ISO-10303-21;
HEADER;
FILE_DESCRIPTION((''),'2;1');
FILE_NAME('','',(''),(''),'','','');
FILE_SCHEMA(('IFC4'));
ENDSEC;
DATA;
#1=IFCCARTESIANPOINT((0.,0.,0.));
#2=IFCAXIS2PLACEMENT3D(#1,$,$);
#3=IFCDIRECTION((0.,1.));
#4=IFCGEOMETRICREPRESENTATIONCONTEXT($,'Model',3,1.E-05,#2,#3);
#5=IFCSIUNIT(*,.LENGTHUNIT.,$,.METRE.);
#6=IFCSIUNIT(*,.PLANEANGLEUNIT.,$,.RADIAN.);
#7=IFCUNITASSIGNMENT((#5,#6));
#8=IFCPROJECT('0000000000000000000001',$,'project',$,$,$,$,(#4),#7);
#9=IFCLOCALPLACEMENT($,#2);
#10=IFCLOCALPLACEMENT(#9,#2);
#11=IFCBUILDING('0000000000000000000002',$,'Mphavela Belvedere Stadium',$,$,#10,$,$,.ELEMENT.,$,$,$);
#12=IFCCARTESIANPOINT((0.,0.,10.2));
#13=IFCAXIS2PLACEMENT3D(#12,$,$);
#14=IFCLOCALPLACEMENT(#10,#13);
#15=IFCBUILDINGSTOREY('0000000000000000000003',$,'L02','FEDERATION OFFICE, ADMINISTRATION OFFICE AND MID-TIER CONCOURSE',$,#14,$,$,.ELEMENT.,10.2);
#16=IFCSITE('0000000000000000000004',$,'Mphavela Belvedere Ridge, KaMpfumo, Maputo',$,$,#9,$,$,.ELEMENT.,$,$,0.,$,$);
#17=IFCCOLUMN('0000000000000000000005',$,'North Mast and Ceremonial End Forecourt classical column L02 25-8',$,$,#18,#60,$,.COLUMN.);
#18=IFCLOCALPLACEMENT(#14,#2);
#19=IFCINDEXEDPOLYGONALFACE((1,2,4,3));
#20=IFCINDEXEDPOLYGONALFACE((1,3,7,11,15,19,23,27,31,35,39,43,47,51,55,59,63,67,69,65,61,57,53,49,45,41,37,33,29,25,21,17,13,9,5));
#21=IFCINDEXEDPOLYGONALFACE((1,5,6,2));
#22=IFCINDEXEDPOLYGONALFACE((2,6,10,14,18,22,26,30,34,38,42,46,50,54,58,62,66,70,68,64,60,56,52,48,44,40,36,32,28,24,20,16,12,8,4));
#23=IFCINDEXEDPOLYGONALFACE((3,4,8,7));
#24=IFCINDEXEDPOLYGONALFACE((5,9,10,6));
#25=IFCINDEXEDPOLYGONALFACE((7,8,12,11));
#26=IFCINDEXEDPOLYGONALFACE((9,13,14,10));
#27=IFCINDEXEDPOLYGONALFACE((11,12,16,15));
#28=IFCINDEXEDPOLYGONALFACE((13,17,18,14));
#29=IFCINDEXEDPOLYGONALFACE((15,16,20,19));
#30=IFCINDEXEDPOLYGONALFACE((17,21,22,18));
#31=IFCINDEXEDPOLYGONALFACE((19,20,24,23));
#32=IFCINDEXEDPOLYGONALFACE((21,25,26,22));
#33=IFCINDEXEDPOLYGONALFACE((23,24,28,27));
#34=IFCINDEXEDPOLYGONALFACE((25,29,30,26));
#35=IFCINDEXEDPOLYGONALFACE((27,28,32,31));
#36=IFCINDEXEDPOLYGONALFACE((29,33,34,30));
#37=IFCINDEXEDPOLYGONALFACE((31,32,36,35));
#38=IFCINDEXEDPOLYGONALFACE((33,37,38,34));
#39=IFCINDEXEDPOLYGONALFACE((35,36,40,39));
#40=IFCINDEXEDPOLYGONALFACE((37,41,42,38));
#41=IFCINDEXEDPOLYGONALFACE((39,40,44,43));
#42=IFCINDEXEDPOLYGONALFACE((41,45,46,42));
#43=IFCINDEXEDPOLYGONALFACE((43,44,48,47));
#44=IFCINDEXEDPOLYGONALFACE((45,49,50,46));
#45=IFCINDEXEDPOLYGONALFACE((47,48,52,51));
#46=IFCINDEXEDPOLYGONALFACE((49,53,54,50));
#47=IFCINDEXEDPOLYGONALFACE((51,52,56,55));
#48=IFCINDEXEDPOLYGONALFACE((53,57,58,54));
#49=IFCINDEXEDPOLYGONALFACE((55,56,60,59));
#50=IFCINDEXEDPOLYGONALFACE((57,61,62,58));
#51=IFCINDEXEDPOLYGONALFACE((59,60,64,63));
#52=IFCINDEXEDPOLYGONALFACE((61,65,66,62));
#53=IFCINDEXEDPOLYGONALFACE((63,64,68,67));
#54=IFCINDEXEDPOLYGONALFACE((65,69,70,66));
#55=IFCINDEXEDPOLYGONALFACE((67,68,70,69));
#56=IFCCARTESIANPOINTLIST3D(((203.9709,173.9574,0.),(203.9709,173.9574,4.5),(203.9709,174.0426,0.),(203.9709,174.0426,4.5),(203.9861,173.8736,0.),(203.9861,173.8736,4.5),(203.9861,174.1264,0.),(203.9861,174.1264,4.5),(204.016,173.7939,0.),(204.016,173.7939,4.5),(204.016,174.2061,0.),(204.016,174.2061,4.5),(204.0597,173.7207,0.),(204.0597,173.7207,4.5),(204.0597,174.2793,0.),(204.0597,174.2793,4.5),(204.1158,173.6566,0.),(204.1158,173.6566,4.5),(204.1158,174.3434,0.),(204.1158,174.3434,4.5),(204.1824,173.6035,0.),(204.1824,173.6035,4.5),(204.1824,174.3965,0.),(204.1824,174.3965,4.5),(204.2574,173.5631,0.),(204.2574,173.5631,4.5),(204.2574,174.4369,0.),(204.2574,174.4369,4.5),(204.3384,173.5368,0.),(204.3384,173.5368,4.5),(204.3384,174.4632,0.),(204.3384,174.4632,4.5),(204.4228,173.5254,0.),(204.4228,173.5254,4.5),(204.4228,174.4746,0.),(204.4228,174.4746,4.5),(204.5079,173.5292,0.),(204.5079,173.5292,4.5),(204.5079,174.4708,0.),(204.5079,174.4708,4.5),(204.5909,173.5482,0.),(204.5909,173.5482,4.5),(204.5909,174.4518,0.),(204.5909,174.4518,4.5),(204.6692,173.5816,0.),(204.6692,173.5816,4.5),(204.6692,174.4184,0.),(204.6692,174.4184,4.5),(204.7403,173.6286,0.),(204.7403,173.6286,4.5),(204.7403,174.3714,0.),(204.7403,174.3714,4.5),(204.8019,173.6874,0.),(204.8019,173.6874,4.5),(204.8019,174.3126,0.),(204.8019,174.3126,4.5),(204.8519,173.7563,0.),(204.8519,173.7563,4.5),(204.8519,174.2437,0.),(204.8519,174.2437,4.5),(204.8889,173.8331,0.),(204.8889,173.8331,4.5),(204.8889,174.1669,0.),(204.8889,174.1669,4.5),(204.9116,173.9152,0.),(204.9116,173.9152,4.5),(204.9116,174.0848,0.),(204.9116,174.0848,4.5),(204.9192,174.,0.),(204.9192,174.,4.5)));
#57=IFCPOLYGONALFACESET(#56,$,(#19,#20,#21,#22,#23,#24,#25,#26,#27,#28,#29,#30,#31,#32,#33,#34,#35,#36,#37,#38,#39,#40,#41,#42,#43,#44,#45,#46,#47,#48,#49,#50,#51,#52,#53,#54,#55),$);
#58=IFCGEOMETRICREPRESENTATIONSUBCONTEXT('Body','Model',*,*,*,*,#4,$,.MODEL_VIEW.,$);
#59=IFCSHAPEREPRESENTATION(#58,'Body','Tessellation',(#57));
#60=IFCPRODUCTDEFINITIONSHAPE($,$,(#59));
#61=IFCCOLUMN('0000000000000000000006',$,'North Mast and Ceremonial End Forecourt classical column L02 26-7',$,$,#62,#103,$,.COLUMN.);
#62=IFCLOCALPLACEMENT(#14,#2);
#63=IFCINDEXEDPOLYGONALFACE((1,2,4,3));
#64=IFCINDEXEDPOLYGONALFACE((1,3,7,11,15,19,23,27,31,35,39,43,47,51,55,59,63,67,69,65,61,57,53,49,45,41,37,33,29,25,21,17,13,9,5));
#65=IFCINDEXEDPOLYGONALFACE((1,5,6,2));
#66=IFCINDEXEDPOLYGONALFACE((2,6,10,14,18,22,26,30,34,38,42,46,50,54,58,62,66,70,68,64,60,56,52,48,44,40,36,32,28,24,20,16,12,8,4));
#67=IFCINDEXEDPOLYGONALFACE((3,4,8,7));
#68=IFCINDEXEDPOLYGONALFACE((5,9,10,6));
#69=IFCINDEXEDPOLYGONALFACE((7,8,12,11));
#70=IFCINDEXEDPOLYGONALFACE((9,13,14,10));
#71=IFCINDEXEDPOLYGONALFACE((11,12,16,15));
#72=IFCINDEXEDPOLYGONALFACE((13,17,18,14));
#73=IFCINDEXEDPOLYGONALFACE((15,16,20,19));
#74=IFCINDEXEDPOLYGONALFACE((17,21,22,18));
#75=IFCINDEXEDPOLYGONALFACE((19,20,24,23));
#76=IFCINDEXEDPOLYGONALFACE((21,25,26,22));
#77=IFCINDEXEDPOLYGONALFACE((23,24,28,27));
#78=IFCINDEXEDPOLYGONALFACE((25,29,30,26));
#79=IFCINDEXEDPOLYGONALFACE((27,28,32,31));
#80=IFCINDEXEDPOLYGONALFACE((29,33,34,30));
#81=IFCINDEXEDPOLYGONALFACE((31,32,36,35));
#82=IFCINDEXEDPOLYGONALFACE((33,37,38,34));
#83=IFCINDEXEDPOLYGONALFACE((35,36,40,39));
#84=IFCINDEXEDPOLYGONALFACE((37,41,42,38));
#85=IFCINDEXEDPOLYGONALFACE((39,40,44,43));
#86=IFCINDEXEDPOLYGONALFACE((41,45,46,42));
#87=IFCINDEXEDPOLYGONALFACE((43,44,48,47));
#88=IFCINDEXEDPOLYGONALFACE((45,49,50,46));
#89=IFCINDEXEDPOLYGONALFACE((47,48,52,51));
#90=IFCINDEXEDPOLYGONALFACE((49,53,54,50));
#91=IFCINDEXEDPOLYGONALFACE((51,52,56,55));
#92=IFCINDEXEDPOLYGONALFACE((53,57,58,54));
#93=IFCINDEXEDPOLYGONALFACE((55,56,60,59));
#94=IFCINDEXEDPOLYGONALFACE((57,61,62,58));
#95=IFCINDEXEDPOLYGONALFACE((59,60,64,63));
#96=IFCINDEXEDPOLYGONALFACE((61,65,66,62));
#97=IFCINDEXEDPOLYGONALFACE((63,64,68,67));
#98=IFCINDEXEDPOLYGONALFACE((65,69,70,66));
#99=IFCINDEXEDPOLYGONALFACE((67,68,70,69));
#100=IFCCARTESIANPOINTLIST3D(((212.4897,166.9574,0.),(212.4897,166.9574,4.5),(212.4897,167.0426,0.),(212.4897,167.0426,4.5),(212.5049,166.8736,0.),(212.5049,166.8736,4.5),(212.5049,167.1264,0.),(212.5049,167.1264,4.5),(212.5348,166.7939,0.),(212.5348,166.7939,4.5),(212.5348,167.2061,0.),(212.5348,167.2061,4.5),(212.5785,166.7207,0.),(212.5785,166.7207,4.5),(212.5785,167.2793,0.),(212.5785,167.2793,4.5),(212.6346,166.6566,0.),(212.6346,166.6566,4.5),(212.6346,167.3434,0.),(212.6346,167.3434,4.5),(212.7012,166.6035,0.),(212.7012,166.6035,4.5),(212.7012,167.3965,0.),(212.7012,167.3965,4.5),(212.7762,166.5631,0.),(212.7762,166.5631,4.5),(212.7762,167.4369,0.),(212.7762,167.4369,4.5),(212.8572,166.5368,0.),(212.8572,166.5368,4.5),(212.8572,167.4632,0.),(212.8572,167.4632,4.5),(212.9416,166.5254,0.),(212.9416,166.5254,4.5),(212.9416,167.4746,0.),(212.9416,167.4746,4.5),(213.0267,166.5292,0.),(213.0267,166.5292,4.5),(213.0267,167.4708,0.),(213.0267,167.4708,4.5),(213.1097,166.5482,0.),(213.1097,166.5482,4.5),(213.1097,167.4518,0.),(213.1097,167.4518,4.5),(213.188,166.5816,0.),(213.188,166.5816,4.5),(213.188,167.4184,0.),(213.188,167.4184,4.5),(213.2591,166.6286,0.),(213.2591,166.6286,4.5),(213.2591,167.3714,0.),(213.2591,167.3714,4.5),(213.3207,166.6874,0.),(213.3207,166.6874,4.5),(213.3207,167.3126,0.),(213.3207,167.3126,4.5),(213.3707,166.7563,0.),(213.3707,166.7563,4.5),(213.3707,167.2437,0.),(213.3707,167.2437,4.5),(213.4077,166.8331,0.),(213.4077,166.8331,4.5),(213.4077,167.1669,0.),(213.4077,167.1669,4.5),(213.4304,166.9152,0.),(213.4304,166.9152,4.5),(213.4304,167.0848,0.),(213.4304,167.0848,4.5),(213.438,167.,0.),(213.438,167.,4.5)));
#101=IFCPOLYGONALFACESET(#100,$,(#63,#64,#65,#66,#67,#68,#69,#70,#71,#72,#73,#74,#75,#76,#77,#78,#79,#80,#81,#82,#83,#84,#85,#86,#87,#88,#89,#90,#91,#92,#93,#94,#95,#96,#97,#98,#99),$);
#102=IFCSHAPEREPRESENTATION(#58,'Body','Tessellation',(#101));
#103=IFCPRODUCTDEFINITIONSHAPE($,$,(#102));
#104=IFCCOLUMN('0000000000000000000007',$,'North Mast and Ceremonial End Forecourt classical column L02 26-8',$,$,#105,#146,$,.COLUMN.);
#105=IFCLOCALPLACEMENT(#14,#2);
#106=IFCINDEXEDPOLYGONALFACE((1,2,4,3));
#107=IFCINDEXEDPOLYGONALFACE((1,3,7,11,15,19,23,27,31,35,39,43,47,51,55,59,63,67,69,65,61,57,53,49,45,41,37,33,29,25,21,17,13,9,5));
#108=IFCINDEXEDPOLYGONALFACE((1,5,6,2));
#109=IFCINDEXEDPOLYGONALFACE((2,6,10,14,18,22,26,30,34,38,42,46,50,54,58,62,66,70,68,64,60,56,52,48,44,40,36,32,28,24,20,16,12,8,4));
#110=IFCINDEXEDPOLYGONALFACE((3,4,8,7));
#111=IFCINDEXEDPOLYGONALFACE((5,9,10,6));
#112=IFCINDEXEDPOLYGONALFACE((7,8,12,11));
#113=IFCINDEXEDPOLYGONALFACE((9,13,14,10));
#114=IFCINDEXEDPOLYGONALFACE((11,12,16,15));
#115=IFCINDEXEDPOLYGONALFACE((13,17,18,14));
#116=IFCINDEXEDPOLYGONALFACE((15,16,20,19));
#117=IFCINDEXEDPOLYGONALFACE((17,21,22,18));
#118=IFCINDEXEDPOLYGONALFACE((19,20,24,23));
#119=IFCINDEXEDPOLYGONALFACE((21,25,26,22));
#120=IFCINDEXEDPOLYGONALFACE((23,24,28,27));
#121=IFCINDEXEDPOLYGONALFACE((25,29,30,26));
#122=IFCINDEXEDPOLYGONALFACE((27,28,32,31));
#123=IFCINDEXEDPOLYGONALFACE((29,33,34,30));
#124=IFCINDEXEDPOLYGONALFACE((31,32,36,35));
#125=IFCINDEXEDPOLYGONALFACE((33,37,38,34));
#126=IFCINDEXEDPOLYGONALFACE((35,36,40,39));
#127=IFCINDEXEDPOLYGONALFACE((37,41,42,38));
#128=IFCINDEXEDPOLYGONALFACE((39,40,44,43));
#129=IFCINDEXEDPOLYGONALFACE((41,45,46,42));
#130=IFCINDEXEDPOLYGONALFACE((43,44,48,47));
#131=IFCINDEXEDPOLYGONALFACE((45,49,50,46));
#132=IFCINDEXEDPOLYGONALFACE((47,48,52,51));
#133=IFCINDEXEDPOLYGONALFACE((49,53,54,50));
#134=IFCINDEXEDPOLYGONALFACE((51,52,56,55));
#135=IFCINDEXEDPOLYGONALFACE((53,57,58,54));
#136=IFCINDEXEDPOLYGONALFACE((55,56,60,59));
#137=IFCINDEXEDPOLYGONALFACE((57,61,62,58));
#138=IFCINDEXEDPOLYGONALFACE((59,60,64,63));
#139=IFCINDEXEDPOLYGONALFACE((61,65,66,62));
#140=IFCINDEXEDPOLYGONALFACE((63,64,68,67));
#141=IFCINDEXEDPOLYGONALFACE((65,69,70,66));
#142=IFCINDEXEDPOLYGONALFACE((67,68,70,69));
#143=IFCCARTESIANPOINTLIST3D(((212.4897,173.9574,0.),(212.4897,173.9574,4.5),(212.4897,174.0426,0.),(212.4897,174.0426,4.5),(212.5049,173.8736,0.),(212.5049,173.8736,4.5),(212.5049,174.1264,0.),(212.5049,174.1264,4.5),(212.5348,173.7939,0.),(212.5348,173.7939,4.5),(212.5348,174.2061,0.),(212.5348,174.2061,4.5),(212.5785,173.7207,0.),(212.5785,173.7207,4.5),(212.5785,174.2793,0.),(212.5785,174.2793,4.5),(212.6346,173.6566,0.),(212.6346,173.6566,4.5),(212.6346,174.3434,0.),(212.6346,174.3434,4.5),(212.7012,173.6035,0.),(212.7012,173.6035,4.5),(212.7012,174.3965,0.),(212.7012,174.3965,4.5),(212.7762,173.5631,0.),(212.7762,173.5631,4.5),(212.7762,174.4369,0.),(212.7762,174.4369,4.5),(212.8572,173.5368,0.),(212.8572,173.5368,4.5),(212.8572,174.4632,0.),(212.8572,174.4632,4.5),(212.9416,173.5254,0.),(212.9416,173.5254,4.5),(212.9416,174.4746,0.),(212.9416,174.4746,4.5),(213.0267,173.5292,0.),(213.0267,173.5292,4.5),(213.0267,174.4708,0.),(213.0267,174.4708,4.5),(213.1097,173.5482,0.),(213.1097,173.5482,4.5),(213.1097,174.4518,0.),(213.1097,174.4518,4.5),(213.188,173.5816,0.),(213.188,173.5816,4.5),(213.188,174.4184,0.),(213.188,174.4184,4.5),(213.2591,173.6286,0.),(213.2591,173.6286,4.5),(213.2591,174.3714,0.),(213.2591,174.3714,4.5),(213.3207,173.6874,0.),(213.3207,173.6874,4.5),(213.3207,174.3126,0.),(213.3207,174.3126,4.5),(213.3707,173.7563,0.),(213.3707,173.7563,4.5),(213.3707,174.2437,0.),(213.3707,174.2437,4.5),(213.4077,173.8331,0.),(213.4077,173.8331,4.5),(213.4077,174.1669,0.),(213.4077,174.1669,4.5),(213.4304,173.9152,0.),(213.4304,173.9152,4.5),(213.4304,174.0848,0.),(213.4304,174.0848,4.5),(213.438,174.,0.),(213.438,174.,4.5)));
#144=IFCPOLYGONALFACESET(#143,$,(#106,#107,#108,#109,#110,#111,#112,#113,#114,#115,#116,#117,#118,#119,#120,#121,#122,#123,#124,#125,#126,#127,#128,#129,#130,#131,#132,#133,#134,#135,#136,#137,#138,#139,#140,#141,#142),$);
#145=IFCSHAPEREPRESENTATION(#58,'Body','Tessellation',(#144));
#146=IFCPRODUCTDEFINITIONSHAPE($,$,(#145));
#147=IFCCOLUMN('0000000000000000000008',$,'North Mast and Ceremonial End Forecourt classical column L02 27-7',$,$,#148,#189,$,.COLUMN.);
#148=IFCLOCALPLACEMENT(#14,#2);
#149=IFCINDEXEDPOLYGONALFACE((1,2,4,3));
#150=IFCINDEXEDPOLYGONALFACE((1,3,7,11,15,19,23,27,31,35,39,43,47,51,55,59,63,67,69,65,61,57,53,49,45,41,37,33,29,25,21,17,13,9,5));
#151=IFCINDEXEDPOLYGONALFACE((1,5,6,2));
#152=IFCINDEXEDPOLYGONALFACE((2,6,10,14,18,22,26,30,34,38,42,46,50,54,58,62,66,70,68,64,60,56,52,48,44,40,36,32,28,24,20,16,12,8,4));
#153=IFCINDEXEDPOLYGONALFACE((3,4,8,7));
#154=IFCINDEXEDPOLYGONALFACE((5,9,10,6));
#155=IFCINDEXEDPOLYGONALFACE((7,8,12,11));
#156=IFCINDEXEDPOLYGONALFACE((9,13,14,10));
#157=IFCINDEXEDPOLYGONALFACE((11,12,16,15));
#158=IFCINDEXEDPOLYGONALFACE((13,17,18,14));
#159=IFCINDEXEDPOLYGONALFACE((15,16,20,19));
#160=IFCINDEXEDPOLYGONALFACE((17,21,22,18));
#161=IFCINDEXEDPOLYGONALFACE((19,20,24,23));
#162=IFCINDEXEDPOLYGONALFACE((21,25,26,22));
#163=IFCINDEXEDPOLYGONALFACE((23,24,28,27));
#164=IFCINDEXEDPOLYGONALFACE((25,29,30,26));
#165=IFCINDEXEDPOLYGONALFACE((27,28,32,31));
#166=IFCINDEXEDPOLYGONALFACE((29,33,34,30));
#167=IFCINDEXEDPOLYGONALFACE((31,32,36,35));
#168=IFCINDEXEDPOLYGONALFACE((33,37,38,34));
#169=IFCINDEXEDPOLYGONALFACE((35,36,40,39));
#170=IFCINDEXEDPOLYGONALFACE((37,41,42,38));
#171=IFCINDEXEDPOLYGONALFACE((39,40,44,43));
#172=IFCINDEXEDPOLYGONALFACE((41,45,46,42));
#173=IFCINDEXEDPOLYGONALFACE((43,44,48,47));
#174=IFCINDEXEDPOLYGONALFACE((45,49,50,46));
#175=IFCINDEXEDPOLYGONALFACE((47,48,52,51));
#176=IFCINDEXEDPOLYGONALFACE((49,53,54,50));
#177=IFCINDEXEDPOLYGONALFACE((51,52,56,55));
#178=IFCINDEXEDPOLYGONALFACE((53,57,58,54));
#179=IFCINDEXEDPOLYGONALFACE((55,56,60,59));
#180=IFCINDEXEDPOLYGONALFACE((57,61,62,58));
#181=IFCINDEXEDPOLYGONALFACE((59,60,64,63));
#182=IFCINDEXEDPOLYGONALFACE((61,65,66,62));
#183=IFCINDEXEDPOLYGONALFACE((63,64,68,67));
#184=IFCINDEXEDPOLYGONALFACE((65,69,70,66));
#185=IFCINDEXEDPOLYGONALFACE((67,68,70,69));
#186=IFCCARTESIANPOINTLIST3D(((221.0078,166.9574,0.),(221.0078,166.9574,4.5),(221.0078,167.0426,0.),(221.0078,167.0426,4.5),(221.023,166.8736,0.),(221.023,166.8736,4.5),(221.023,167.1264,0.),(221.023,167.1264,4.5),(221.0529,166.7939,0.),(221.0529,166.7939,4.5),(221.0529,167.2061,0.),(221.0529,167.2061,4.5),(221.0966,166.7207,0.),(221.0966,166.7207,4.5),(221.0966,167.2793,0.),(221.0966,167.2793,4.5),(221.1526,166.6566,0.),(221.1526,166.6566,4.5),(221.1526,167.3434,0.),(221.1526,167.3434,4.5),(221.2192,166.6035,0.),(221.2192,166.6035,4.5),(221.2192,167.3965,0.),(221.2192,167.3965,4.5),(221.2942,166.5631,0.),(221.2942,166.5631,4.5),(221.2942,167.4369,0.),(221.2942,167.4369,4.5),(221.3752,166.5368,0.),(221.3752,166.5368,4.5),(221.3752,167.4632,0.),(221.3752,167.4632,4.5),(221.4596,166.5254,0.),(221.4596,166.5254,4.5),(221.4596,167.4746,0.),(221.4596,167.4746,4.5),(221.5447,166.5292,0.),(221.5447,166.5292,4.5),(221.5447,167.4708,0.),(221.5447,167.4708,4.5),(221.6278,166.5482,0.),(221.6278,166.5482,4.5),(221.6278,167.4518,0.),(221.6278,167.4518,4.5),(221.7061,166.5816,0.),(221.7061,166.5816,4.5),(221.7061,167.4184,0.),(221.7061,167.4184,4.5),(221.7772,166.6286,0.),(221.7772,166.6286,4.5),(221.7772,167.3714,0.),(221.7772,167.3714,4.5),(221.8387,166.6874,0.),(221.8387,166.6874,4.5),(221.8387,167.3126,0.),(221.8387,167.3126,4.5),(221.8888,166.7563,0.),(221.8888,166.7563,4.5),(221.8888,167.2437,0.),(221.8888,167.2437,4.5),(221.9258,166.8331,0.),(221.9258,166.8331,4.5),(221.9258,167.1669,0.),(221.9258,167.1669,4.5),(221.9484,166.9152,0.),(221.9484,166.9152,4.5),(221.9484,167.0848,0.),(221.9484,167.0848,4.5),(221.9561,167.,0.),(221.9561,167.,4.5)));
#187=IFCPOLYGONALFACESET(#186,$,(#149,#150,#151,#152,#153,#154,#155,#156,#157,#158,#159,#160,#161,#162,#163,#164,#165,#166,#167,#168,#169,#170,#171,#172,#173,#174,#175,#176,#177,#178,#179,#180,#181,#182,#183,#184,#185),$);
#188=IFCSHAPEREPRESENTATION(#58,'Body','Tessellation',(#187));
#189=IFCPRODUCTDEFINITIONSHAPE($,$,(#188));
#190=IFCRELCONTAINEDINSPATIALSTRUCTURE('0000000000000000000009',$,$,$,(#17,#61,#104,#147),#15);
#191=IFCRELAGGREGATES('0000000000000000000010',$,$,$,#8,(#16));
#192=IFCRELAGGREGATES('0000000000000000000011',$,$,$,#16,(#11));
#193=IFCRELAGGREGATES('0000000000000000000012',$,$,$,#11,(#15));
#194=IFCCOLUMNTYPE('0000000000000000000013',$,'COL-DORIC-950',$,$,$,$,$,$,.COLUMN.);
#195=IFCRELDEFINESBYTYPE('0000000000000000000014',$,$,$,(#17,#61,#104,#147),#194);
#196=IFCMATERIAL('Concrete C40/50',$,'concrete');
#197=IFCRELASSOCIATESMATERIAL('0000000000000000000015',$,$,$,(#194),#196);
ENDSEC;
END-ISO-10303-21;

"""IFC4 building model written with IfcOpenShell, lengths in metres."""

from ifc_helpers import new_model, si_unit, direction, frame, origin, origin_2d, place, context, subcontext, project, spatial, circle, extrude, material, material_profile, profile_set, type_object, element, save


model = new_model("IFC4")

# Units and contexts
model_context = context("Model", 3, precision=1e-05, world=origin(), true_north=direction((0.0, 1.0)))
body_context = subcontext(model_context, "Body", "Model", "MODEL_VIEW")
ifc_project = project(units=[si_unit("LENGTHUNIT", "METRE"), si_unit("PLANEANGLEUNIT", "RADIAN")], contexts=[model_context])

# Site, building, storey
site_placement = place(None, origin())
site = spatial("IfcSite", under=ifc_project, at=site_placement, Name="Mphavela Belvedere Ridge, KaMpfumo, Maputo", CompositionType="ELEMENT", RefElevation=0.0)
building_placement = place(site_placement, origin())
building = spatial("IfcBuilding", under=site, at=building_placement, Name="Mphavela Belvedere Stadium", CompositionType="ELEMENT")
storey_placement = place(building_placement, frame((0.0, 0.0, 10.2)))
storey = spatial("IfcBuildingStorey", under=building, at=storey_placement, Name="L02", Description="FEDERATION OFFICE, ADMINISTRATION OFFICE AND MID-TIER CONCOURSE", CompositionType="ELEMENT", Elevation=10.2)

# Columns
ifc_material_1 = material(Name="Concrete C40/50", Category="concrete")
ifc_material_profile_1 = material_profile(ifc_material_1, circle(Radius=0.4751, at=origin_2d()), Name="COL D950")
ifc_profile_set_1 = profile_set([ifc_material_profile_1], Name="Concrete C40/50")
column_type = type_object("IfcColumnType", Name="COL-DORIC-950", PredefinedType="COLUMN", material=ifc_profile_set_1)
for number, where, z_axis, x_axis, name in (
    (1, (204.4441, 174.0, 0.0), (0.0, 0.0, 1.0), (1.0, 0.0, 0.0), "North Mast and Ceremonial End Forecourt classical column L02 25-8"),
    (2, (212.9629, 167.0, 0.0), (0.0, 0.0, 1.0), (1.0, 0.0, 0.0), "North Mast and Ceremonial End Forecourt classical column L02 26-7"),
    (3, (212.9629, 174.0, 0.0), (0.0, 0.0, 1.0), (1.0, 0.0, 0.0), "North Mast and Ceremonial End Forecourt classical column L02 26-8"),
    (4, (221.481, 167.0, 0.0), (0.0, 0.0, 1.0), (1.0, 0.0, 0.0), "North Mast and Ceremonial End Forecourt classical column L02 27-7"),
):
    element("IfcColumn", number, at=place(storey_placement, frame(where, z_axis=z_axis, x_axis=x_axis)), inside=storey, type_object=column_type, Name=name, PredefinedType="COLUMN", context=body_context, shape_type="SweptSolid", body=[
        extrude(circle(Radius=0.4751, at=origin_2d()), origin(), (0.0, 0.0, 1.0), 4.5),
    ])

save(model, "model.ifc")
